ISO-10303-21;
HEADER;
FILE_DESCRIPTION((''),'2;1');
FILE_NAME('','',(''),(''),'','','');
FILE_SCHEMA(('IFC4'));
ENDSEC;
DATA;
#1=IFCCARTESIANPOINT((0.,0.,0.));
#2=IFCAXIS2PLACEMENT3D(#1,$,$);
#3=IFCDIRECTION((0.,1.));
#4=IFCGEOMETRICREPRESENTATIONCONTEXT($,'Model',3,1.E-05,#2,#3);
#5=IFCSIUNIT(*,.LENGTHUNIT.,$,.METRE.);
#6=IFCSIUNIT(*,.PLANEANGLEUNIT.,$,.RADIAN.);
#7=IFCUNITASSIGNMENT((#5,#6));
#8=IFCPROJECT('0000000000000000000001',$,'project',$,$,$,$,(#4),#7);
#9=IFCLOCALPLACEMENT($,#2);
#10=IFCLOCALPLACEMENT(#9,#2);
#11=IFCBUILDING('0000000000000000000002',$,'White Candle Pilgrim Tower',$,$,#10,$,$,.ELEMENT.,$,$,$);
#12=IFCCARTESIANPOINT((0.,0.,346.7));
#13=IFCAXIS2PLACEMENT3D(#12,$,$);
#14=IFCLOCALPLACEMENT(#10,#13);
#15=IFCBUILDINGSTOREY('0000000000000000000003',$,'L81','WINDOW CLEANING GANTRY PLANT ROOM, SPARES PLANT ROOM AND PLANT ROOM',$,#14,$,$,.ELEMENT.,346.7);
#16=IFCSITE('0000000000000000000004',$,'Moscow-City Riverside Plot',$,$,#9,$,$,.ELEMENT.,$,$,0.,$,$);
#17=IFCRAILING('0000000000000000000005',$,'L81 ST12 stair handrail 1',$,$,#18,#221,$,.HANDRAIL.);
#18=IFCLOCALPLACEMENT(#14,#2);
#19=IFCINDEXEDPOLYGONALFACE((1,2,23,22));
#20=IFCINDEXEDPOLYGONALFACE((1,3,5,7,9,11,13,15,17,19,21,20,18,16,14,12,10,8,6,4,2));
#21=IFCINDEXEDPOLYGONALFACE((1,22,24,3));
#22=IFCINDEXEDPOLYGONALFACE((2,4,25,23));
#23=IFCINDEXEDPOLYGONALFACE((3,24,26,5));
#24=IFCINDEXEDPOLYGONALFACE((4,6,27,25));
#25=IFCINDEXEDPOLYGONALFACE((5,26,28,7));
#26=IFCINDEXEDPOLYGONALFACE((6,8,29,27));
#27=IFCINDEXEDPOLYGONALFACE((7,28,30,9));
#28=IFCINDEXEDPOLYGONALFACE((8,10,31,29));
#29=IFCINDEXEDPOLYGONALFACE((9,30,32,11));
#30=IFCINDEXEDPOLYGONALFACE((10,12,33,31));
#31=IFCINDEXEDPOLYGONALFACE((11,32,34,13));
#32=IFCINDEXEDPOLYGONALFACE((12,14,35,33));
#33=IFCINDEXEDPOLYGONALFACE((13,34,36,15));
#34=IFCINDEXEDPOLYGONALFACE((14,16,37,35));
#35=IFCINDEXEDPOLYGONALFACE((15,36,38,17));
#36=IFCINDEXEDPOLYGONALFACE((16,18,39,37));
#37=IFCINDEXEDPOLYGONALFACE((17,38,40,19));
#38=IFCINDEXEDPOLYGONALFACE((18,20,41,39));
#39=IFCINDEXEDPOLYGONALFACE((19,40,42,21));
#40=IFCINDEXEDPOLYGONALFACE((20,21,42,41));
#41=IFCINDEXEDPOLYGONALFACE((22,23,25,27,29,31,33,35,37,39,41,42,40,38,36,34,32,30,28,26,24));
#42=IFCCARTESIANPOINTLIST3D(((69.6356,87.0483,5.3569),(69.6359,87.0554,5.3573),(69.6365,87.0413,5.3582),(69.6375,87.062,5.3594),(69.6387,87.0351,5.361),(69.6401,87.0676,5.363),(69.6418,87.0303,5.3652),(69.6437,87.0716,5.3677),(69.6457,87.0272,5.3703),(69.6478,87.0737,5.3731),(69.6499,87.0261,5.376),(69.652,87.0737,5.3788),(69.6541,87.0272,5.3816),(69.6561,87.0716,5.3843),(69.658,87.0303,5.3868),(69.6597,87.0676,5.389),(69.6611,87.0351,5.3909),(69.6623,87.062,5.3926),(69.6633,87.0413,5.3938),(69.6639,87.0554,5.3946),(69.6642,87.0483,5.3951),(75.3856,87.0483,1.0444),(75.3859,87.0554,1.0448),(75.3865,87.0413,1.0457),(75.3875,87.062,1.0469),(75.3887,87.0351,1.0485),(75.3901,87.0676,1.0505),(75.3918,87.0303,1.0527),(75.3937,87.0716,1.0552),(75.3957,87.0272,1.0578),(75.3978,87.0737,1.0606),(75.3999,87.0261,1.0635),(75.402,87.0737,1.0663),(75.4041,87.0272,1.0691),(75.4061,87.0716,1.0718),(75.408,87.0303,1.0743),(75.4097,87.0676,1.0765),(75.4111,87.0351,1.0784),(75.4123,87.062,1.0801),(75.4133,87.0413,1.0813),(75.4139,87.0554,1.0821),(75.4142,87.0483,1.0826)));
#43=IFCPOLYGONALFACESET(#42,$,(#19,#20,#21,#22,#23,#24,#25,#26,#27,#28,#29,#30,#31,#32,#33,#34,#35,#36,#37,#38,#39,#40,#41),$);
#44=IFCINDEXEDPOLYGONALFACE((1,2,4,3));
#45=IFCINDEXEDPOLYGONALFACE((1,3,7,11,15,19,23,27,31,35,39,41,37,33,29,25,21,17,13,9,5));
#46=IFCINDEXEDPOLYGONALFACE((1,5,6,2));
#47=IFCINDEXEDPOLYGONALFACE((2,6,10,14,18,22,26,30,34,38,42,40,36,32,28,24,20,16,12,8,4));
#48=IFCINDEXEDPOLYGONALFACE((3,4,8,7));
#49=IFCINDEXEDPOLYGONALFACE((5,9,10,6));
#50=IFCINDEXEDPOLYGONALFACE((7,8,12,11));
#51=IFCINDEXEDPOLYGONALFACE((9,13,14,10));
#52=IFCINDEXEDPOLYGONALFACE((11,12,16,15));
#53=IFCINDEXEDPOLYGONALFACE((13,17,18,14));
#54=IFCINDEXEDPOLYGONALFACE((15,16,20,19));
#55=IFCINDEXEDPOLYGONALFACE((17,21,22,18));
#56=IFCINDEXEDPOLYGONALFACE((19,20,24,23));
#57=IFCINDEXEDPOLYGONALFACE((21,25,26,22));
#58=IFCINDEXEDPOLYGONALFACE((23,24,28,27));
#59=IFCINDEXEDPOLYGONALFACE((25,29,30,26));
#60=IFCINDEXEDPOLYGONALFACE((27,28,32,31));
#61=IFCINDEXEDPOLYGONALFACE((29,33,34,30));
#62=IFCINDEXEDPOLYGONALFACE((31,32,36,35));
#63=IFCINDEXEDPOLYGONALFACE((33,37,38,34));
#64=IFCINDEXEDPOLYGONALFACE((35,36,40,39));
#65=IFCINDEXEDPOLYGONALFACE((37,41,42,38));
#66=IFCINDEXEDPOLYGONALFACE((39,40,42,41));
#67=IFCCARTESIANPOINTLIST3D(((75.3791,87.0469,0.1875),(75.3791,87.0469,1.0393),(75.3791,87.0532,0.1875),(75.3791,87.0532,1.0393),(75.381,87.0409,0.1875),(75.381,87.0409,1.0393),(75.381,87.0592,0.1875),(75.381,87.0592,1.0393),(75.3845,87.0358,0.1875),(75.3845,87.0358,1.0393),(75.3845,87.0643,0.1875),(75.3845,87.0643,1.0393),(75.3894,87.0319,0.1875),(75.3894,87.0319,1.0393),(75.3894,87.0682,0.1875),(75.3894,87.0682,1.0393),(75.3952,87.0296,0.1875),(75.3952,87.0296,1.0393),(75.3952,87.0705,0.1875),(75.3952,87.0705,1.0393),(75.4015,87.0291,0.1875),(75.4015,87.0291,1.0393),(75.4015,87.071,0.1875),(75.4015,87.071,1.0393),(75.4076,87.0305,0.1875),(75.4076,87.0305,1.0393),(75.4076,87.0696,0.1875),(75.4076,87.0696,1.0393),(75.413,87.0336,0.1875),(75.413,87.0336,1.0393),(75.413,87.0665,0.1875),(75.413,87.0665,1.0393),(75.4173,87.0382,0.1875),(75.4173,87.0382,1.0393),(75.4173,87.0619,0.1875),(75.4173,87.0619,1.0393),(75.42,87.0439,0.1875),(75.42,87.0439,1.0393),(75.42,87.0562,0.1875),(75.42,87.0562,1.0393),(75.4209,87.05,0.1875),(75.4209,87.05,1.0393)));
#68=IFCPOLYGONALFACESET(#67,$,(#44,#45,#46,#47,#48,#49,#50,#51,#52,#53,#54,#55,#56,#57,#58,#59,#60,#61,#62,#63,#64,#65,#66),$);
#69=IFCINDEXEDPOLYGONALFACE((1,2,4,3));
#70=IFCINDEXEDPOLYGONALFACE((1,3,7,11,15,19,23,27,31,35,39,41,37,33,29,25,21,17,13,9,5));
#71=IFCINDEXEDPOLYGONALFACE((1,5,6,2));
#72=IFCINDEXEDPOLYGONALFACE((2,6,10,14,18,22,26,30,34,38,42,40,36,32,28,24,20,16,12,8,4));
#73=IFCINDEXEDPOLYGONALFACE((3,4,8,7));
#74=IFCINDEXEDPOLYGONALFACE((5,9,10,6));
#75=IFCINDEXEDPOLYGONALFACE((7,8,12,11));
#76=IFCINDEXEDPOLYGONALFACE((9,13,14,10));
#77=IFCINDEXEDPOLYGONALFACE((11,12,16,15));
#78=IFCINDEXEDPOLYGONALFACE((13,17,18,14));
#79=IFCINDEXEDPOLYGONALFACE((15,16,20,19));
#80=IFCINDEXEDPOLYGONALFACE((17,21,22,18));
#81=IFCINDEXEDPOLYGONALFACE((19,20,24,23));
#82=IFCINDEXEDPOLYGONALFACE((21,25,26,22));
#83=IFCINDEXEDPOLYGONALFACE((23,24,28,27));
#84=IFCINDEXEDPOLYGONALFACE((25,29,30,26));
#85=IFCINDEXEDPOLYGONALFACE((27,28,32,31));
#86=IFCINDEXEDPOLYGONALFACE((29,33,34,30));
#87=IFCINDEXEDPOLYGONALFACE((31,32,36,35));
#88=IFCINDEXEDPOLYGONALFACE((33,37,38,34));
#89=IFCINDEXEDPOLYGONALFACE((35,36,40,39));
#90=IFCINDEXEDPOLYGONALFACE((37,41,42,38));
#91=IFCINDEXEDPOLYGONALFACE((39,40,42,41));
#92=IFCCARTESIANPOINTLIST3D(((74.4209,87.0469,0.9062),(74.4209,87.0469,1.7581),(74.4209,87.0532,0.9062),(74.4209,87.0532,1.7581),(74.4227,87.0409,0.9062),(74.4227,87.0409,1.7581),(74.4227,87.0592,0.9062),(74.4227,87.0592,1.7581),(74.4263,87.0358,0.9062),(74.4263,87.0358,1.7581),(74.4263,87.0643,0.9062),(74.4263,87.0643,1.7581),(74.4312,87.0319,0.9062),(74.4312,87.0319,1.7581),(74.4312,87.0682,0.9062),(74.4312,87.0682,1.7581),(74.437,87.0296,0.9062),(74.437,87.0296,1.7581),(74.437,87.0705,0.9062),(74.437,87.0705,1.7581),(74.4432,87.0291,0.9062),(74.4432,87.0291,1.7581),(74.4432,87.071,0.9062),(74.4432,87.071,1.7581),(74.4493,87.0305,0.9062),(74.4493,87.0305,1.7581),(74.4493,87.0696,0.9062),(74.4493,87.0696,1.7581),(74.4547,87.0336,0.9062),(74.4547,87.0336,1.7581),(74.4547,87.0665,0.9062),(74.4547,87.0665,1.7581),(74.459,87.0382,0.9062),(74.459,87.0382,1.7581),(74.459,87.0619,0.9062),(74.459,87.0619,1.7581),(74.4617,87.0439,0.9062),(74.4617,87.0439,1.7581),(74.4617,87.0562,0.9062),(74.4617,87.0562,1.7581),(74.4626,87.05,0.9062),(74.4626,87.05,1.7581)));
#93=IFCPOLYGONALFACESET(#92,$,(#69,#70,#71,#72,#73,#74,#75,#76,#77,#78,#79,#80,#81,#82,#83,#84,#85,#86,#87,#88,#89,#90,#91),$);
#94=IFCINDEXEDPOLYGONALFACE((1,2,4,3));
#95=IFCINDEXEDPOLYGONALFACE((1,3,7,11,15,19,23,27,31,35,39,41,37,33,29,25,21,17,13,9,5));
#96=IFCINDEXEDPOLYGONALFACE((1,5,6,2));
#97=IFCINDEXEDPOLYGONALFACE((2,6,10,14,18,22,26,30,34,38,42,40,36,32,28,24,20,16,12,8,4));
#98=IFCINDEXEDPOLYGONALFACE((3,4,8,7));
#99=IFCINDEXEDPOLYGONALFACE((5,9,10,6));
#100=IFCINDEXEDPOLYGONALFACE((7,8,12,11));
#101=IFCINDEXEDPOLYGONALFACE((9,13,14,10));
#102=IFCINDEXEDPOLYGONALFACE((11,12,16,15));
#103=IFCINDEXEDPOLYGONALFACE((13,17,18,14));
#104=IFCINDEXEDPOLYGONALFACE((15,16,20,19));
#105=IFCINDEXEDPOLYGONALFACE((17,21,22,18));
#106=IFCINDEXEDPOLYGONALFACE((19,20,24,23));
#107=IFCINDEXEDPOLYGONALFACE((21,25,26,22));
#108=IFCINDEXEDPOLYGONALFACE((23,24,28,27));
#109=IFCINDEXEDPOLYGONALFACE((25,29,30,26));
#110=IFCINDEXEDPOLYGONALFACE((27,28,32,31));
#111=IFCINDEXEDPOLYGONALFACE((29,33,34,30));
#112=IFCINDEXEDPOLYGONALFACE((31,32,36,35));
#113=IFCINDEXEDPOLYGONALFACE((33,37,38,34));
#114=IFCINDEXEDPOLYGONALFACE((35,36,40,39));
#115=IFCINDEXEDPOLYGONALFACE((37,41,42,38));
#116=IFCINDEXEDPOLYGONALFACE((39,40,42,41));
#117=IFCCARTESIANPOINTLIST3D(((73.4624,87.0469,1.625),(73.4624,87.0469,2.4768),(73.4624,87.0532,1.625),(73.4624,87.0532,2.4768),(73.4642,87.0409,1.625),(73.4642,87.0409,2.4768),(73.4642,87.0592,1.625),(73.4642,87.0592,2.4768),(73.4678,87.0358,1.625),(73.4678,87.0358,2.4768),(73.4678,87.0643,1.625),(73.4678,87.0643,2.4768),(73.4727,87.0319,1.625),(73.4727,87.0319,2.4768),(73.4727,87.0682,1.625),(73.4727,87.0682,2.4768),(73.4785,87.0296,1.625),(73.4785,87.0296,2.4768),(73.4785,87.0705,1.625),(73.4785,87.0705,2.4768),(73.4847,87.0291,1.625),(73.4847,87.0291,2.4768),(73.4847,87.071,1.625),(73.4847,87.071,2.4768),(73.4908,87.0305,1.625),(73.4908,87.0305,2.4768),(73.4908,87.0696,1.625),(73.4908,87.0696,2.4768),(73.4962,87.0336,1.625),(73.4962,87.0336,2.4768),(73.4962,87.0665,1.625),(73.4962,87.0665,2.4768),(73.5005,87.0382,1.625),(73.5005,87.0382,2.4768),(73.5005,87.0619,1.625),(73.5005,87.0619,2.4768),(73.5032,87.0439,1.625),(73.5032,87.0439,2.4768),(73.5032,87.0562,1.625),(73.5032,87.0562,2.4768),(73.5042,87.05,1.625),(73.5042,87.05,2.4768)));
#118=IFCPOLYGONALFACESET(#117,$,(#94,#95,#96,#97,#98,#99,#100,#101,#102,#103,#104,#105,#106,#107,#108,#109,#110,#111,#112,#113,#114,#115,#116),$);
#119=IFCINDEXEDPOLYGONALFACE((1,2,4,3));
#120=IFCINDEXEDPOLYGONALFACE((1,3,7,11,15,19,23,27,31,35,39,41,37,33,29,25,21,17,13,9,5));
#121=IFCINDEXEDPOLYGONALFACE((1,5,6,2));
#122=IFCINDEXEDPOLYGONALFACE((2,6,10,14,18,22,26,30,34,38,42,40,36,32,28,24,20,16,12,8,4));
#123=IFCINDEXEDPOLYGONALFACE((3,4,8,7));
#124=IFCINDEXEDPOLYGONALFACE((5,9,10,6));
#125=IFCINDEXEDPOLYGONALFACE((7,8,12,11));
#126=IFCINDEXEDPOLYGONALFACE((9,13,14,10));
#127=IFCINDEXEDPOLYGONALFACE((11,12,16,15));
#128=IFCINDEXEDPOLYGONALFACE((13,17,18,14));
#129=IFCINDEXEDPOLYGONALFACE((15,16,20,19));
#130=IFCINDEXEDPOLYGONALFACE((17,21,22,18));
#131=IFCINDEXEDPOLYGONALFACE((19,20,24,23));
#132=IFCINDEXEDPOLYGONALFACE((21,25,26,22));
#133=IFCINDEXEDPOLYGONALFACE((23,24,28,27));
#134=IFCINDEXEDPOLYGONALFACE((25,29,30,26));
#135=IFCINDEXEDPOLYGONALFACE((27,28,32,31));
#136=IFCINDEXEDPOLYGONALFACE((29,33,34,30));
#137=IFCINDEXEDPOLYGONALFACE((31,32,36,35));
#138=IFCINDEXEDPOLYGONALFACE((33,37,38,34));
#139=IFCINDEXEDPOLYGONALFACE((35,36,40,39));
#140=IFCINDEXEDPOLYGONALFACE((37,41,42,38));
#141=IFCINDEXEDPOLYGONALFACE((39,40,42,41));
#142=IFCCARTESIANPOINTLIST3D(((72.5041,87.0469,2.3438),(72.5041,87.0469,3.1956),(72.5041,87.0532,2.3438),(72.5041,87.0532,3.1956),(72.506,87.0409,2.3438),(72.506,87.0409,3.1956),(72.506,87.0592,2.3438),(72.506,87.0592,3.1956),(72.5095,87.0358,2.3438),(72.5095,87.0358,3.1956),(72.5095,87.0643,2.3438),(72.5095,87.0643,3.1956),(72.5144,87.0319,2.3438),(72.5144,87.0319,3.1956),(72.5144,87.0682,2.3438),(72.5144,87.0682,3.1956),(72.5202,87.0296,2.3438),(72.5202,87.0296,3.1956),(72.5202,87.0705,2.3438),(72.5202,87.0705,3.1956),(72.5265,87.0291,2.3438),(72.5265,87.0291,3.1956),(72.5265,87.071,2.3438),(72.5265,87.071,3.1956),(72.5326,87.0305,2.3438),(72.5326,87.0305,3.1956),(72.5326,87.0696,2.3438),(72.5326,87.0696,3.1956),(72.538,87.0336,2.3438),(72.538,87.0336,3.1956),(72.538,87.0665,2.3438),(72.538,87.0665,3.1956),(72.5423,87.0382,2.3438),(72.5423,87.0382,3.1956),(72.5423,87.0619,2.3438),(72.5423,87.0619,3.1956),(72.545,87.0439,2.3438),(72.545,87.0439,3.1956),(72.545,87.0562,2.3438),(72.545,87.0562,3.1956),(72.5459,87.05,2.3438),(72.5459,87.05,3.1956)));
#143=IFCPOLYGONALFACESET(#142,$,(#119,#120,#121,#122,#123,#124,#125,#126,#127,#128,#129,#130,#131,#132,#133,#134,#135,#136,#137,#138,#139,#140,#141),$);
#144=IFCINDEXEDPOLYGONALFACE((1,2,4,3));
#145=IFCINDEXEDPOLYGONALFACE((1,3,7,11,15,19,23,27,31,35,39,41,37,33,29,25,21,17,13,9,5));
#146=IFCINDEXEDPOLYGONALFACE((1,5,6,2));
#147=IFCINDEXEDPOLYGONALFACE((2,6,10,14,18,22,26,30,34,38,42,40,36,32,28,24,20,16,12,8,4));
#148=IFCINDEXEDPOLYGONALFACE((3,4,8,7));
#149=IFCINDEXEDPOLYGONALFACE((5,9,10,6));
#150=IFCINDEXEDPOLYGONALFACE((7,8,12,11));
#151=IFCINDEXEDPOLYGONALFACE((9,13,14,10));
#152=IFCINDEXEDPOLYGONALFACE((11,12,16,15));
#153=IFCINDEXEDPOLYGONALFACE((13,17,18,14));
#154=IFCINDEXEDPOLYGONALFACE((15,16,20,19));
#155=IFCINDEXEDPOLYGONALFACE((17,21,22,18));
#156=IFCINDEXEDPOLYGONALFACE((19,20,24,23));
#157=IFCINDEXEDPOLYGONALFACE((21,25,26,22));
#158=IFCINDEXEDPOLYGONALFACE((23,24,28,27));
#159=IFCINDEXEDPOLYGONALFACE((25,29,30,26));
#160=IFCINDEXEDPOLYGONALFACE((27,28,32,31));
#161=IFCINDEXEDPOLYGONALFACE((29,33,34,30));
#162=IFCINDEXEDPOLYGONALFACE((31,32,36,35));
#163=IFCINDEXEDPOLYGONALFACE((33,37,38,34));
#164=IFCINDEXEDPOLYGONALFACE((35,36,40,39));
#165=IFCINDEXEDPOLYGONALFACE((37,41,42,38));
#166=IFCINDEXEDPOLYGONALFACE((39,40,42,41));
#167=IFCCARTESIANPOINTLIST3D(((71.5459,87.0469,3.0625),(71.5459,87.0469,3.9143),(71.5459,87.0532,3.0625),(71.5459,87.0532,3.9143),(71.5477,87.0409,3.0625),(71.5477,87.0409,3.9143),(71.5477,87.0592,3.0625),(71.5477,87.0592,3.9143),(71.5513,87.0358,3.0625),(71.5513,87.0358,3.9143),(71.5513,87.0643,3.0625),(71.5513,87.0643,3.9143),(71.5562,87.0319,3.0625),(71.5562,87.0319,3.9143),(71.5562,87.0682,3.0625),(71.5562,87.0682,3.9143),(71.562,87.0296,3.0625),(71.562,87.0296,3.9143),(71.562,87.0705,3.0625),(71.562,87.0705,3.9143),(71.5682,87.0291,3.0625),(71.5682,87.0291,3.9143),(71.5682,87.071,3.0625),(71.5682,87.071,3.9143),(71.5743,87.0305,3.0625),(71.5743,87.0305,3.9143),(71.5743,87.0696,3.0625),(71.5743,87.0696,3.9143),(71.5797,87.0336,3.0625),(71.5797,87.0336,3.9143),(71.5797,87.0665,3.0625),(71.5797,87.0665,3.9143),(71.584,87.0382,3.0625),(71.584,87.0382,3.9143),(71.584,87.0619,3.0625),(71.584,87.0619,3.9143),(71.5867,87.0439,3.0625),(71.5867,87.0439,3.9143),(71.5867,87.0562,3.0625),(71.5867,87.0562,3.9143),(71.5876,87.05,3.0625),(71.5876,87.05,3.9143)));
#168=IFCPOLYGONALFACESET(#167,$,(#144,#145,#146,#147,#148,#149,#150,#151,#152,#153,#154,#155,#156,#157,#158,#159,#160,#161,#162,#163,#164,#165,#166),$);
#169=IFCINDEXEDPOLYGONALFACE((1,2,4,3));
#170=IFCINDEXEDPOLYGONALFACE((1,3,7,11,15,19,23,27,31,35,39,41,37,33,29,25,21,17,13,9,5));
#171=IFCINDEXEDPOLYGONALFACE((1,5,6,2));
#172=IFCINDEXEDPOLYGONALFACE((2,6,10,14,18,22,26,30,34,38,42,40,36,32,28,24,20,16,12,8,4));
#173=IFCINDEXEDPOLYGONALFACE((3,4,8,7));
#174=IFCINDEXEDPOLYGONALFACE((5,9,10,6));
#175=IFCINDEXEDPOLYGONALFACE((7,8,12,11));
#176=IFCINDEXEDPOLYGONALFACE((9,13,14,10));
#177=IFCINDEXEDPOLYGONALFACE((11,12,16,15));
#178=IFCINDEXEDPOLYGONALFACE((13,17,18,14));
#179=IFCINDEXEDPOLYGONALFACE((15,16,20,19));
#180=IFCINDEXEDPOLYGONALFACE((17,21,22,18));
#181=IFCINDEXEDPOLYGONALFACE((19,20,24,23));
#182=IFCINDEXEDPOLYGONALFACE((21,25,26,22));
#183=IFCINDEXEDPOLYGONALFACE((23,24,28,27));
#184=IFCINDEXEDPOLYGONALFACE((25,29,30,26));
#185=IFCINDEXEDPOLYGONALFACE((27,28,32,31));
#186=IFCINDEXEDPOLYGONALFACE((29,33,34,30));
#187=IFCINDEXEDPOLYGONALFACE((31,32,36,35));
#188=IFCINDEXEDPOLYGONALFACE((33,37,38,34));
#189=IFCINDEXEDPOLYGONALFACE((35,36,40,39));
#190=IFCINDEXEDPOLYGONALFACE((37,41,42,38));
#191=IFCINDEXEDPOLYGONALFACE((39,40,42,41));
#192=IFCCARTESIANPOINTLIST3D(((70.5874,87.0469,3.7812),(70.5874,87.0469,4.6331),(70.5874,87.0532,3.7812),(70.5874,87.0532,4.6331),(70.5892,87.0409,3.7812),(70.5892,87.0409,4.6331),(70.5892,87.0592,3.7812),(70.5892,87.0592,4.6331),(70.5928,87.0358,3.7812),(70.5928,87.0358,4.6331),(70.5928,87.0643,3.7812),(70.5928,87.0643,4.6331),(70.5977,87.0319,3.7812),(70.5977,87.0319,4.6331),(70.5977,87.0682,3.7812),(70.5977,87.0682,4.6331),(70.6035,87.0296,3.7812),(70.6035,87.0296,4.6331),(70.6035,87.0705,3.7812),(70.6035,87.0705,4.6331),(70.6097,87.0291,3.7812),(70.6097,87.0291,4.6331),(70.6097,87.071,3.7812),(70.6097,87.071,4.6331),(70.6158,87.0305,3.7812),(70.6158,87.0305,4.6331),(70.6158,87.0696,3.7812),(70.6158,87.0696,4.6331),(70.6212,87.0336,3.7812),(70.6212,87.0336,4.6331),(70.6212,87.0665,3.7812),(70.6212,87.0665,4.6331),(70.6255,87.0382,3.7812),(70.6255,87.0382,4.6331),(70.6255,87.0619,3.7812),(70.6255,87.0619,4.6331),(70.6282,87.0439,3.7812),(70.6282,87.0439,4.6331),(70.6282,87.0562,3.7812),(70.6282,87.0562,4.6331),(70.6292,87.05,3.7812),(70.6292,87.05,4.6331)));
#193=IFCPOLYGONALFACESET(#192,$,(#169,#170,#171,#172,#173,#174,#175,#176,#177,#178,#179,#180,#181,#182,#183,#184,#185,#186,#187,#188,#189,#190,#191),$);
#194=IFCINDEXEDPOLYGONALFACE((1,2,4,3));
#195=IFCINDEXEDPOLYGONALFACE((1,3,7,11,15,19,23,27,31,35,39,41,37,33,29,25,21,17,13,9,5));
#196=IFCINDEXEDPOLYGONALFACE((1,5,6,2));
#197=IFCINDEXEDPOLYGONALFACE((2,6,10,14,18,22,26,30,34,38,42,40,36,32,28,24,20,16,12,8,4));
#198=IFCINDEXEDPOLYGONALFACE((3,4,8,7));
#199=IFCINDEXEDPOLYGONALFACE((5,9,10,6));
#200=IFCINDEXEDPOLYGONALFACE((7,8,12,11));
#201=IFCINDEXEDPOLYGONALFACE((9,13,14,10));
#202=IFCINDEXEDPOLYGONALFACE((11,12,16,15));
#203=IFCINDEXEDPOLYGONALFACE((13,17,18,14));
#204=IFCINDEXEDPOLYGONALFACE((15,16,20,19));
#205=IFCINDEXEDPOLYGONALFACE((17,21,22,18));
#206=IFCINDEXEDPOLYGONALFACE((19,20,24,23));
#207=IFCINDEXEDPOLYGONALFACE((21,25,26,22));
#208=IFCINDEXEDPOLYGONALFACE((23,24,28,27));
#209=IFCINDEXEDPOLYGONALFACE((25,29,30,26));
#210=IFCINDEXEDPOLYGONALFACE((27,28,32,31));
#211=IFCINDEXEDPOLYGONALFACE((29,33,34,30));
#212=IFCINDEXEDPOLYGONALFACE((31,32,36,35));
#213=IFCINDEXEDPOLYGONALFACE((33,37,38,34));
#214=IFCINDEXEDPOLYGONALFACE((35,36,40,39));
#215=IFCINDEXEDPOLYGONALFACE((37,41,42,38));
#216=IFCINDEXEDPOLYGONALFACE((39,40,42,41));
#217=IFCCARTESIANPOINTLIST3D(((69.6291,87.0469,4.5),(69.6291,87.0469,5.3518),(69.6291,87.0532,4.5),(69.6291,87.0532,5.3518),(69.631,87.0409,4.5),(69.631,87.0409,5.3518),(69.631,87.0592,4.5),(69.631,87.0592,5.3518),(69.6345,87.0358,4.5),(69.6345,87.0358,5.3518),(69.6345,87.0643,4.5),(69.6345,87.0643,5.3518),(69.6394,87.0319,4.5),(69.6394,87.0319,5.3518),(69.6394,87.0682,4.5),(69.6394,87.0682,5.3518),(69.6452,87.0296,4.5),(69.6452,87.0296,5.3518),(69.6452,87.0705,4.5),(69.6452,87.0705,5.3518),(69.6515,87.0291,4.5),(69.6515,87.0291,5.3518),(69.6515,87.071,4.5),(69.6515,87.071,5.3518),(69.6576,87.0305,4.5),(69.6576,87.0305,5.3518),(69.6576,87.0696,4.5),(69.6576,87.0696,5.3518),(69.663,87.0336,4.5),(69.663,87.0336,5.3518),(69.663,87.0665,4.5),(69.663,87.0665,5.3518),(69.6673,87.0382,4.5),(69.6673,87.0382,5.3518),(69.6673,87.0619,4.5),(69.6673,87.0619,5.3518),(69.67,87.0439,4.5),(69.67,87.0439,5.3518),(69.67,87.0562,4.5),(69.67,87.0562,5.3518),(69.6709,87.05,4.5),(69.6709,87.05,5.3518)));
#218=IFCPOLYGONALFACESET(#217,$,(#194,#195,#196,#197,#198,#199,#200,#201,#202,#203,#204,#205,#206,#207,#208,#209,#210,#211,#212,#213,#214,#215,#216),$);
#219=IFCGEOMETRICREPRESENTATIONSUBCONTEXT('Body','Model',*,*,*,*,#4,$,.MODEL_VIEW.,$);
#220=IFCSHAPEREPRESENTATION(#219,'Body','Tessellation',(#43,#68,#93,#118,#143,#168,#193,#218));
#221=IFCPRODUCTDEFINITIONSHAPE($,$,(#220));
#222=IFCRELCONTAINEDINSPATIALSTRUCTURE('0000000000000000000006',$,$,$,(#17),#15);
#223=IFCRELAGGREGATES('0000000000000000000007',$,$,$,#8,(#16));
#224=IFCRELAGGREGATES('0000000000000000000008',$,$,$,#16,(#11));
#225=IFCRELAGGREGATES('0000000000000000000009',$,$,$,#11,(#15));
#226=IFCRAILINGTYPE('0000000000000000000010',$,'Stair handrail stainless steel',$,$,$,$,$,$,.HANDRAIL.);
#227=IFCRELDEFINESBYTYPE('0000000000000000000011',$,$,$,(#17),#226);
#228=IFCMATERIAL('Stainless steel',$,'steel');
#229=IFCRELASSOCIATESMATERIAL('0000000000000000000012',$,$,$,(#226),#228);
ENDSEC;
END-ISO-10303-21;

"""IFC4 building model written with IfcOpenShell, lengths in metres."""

from ifc_helpers import new_model, si_unit, direction, frame, origin, origin_2d, place, context, subcontext, project, spatial, circle, extrude, material, type_object, element, save


model = new_model("IFC4")

# Units and contexts
model_context = context("Model", 3, precision=1e-05, world=origin(), true_north=direction((0.0, 1.0)))
body_context = subcontext(model_context, "Body", "Model", "MODEL_VIEW")
ifc_project = project(units=[si_unit("LENGTHUNIT", "METRE"), si_unit("PLANEANGLEUNIT", "RADIAN")], contexts=[model_context])

# Site, building, storey
site_placement = place(None, origin())
site = spatial("IfcSite", under=ifc_project, at=site_placement, Name="Moscow-City Riverside Plot", CompositionType="ELEMENT", RefElevation=0.0)
building_placement = place(site_placement, origin())
building = spatial("IfcBuilding", under=site, at=building_placement, Name="White Candle Pilgrim Tower", CompositionType="ELEMENT")
storey_placement = place(building_placement, frame((0.0, 0.0, 346.7)))
storey = spatial("IfcBuildingStorey", under=building, at=storey_placement, Name="L81", Description="WINDOW CLEANING GANTRY PLANT ROOM, SPARES PLANT ROOM AND PLANT ROOM", CompositionType="ELEMENT", Elevation=346.7)

# Railing
ifc_material_1 = material(Name="Stainless steel", Category="steel")
railing_type = type_object("IfcRailingType", Name="Stair handrail stainless steel", PredefinedType="HANDRAIL", material=ifc_material_1)
railing_1_placement = place(storey_placement, frame((75.3999, 87.05, 0.1875)))
element("IfcRailing", 1, at=railing_1_placement, inside=storey, type_object=railing_type, Name="L81 ST12 stair handrail 1", PredefinedType="HANDRAIL", context=body_context, shape_type="SweptSolid", body=[
    extrude(circle(Radius=0.0239, at=origin_2d()), frame((0.0, 0.0, 0.876), z_axis=(-0.8, 0.0, 0.6), x_axis=(0.0, -1.0, 0.0)), (0.0, 0.0, 1.0), 7.1875),
    extrude(circle(Radius=0.021, at=origin_2d()), origin(), (0.0, 0.0, 1.0), 0.8518),
    extrude(circle(Radius=0.021, at=origin_2d()), frame((-0.9583, 0.0, 0.7188)), (0.0, 0.0, 1.0), 0.8518),
    extrude(circle(Radius=0.021, at=origin_2d()), frame((-1.9167, 0.0, 1.4375)), (0.0, 0.0, 1.0), 0.8518),
    extrude(circle(Radius=0.021, at=origin_2d()), frame((-2.875, 0.0, 2.1562)), (0.0, 0.0, 1.0), 0.8518),
    extrude(circle(Radius=0.021, at=origin_2d()), frame((-3.8333, 0.0, 2.875)), (0.0, 0.0, 1.0), 0.8518),
    extrude(circle(Radius=0.021, at=origin_2d()), frame((-4.7917, 0.0, 3.5938)), (0.0, 0.0, 1.0), 0.8518),
    extrude(circle(Radius=0.021, at=origin_2d()), frame((-5.75, 0.0, 4.3125)), (0.0, 0.0, 1.0), 0.8518),
])

save(model, "model.ifc")
